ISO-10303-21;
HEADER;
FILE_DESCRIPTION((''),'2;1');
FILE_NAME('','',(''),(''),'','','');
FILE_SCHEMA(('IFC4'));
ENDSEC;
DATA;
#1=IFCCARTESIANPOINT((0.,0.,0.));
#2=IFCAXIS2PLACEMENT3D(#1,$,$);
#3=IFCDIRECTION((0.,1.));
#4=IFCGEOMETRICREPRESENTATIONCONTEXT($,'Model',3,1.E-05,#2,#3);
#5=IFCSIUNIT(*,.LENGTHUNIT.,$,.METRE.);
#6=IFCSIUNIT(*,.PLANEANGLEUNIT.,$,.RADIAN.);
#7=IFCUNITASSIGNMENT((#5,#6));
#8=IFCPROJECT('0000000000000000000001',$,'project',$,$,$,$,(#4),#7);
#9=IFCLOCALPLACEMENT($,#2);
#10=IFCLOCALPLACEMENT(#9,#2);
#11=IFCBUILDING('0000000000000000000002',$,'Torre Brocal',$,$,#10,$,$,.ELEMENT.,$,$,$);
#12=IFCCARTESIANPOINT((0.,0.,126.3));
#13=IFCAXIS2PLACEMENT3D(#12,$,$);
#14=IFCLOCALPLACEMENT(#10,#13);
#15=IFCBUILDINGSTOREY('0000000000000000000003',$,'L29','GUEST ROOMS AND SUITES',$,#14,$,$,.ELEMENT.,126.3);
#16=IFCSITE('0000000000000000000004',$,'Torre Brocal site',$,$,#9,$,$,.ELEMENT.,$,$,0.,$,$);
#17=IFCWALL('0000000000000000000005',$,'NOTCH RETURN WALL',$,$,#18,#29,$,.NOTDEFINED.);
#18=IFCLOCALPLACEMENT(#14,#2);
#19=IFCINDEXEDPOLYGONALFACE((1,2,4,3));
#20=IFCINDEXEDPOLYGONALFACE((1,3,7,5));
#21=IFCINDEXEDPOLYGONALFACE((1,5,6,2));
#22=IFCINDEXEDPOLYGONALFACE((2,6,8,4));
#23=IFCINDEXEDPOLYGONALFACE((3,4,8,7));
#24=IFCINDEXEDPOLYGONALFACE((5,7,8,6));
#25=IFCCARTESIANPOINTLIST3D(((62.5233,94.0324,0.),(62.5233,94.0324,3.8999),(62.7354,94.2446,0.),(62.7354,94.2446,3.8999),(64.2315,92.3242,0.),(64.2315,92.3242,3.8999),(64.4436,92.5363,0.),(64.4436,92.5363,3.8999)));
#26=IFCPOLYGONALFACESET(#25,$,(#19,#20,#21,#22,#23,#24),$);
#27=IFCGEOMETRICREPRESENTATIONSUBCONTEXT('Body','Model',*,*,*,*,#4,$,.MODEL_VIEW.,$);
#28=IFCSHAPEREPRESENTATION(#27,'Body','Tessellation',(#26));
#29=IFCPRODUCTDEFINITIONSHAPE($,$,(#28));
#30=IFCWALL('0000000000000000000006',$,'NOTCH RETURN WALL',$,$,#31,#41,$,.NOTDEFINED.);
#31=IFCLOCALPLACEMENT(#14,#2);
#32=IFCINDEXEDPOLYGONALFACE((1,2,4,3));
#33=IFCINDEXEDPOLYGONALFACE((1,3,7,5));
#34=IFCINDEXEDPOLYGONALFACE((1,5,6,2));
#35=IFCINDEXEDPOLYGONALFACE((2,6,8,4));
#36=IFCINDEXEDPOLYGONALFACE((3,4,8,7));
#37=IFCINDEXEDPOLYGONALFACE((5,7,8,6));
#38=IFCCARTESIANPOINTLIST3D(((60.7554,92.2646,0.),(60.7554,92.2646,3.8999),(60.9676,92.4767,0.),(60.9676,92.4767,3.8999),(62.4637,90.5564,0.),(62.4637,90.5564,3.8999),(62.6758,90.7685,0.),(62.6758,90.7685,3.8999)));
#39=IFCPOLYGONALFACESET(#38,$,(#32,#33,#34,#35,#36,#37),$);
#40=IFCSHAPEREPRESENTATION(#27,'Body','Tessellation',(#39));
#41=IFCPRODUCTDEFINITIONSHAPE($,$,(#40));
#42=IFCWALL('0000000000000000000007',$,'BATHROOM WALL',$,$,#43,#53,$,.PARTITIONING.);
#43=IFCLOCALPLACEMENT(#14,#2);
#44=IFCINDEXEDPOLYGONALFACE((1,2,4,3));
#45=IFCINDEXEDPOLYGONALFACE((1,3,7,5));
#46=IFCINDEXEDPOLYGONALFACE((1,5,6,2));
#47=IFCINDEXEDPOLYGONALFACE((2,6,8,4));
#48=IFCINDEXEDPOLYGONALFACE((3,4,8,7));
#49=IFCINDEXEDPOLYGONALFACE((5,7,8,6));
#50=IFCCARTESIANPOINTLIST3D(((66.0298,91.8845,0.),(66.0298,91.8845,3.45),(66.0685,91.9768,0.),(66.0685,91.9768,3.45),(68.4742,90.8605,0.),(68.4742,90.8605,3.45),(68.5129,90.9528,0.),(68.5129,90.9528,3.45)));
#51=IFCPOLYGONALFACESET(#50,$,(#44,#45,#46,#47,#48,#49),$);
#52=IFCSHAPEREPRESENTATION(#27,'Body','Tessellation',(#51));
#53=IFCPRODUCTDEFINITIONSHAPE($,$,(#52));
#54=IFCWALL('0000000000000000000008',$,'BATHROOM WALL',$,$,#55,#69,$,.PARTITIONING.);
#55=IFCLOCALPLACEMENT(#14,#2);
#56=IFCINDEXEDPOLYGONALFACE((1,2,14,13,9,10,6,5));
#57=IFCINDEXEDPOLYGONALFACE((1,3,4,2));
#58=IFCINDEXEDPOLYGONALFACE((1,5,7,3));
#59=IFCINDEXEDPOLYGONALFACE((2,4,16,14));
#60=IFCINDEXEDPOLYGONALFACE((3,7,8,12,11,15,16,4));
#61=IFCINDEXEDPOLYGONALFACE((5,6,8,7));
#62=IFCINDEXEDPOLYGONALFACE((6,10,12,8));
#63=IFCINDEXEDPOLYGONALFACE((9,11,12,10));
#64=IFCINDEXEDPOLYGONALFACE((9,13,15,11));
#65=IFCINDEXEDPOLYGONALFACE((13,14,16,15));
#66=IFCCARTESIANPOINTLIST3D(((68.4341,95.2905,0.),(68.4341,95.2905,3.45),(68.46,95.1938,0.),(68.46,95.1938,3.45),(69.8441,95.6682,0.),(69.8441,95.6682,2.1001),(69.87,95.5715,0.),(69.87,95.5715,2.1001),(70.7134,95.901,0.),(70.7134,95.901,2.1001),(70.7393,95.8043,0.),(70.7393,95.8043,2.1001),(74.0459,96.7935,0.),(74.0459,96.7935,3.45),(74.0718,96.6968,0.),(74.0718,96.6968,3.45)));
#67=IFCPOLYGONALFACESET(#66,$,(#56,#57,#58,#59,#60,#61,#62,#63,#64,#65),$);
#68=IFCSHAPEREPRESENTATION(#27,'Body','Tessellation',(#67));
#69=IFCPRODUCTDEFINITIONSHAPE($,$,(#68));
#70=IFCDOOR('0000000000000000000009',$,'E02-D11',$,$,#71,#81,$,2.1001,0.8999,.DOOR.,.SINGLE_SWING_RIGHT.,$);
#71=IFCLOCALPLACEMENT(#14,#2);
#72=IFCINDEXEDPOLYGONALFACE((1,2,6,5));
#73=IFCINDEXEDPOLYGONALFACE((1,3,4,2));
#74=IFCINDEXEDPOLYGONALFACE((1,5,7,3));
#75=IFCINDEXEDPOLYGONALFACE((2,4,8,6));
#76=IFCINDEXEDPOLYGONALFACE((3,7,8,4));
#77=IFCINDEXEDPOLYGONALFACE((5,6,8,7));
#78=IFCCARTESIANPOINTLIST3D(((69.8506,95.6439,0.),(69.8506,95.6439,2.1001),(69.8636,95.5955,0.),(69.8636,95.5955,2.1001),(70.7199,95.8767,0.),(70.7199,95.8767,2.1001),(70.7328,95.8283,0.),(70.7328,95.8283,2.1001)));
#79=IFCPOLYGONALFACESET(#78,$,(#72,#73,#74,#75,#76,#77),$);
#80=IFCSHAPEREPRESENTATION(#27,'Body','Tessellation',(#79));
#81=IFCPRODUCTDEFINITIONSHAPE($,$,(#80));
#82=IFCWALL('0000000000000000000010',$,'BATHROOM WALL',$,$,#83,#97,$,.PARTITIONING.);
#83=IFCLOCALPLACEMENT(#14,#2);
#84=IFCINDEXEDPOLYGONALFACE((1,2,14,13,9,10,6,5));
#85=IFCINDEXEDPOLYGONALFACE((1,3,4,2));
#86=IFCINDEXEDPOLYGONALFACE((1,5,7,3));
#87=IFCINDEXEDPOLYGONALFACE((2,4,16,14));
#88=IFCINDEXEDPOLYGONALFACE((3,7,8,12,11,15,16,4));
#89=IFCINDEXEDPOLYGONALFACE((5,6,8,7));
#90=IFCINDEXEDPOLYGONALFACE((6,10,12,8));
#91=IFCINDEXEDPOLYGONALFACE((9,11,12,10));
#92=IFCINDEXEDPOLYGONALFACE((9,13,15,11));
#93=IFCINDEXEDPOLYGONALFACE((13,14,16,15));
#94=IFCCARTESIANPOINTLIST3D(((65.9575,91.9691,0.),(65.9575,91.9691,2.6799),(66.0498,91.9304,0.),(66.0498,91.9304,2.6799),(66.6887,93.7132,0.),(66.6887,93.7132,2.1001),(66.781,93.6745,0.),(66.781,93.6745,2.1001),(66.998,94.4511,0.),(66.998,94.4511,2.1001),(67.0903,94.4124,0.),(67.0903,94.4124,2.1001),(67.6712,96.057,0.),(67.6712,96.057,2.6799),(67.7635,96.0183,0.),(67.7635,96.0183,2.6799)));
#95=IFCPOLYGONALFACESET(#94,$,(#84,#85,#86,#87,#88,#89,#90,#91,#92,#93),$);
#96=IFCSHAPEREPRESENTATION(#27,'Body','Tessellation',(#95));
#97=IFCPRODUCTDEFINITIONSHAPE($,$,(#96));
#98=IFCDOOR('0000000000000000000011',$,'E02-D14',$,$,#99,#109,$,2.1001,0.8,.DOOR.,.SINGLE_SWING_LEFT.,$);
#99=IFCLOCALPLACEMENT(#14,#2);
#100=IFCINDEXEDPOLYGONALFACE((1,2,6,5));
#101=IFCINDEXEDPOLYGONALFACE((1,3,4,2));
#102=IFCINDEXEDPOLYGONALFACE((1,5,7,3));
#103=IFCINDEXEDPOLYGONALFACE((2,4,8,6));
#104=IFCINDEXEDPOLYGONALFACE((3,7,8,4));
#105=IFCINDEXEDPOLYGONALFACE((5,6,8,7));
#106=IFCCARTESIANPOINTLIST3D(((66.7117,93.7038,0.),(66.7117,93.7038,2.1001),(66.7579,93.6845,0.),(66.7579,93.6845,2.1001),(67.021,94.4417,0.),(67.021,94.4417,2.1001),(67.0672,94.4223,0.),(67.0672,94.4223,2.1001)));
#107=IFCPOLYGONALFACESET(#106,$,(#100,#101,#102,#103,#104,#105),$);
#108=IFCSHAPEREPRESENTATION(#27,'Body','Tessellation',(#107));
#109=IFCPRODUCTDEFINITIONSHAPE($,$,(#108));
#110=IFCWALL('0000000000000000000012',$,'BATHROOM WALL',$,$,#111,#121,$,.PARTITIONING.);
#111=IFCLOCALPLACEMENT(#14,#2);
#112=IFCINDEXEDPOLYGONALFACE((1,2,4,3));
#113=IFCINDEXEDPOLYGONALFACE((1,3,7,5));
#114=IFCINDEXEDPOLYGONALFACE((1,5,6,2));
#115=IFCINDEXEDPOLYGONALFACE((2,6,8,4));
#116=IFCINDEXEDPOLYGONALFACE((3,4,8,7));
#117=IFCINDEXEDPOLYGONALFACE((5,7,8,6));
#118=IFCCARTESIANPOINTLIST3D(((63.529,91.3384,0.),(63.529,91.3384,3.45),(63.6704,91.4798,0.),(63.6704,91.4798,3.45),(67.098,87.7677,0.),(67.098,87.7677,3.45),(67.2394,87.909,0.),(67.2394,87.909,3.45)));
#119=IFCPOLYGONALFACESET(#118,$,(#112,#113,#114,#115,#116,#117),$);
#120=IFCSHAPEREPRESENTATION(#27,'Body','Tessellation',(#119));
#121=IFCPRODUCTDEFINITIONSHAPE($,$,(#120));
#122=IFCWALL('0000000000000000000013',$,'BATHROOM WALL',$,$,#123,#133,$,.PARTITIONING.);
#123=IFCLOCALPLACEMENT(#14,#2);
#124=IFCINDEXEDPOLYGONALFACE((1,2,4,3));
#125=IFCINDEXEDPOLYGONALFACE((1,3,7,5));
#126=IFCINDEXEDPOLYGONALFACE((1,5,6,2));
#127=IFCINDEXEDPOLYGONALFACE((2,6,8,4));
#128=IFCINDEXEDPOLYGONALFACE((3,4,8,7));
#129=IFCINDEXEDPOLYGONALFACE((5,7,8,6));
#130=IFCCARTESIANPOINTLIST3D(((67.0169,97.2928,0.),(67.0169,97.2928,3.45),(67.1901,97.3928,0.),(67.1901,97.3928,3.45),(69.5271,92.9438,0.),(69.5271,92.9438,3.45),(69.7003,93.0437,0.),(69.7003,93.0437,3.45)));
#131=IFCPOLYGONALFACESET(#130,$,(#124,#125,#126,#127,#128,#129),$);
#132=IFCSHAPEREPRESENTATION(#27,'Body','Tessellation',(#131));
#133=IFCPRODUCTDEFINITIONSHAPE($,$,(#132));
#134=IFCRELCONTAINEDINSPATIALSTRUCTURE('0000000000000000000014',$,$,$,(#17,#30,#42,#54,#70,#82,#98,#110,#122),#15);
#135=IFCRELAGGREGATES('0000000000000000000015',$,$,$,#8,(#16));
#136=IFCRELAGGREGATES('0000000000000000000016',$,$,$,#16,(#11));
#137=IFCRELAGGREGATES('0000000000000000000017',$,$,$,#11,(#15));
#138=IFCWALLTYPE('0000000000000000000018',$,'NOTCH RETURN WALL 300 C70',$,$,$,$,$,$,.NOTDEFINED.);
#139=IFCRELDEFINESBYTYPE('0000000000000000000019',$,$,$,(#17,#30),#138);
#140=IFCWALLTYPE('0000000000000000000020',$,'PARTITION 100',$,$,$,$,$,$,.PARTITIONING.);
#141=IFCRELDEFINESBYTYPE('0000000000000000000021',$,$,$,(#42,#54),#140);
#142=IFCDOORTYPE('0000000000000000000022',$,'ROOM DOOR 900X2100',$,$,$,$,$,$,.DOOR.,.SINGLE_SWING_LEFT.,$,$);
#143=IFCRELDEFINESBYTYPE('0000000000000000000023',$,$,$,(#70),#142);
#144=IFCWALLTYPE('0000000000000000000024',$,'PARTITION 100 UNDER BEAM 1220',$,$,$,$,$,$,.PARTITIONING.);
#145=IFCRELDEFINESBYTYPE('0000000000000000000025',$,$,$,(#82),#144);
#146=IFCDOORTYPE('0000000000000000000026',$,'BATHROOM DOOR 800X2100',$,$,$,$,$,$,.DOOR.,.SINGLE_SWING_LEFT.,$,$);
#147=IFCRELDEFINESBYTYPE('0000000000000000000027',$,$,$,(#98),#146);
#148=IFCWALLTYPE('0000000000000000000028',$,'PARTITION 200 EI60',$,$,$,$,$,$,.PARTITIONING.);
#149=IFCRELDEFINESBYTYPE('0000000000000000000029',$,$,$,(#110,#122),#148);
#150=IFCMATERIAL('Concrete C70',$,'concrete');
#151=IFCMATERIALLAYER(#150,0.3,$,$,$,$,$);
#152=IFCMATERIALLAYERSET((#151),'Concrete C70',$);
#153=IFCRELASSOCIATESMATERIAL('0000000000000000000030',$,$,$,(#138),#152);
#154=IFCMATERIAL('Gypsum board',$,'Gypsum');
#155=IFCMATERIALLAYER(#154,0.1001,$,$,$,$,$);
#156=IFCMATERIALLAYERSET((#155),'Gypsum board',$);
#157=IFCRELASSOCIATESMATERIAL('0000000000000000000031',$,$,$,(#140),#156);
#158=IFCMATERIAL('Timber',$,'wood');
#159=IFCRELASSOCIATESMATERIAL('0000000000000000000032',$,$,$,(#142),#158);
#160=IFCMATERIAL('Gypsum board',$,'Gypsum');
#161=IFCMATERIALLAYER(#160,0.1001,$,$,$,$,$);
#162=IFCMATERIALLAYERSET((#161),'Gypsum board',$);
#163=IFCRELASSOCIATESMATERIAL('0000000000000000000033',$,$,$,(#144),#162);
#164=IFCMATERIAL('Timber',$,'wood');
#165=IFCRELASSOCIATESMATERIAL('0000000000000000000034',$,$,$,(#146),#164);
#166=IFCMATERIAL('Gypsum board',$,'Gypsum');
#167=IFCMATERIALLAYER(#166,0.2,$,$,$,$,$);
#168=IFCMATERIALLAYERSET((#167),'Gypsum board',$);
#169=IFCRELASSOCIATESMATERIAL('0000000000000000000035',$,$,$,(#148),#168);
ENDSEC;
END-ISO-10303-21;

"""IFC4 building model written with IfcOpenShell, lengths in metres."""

from ifc_helpers import new_model, si_unit, direction, frame, frame_2d, origin, place, context, subcontext, project, spatial, rectangle, extrude, material, layer, layer_set, type_object, element, fill, save


model = new_model("IFC4")

# Units and contexts
model_context = context("Model", 3, precision=1e-05, world=origin(), true_north=direction((0.0, 1.0)))
body_context = subcontext(model_context, "Body", "Model", "MODEL_VIEW")
ifc_project = project(units=[si_unit("LENGTHUNIT", "METRE"), si_unit("PLANEANGLEUNIT", "RADIAN")], contexts=[model_context])

# Site, building, storey
site_placement = place(None, origin())
site = spatial("IfcSite", under=ifc_project, at=site_placement, Name="Torre Brocal site", CompositionType="ELEMENT", RefElevation=0.0)
building_placement = place(site_placement, origin())
building = spatial("IfcBuilding", under=site, at=building_placement, Name="Torre Brocal", CompositionType="ELEMENT")
storey_placement = place(building_placement, frame((0.0, 0.0, 126.3)))
storey = spatial("IfcBuildingStorey", under=building, at=storey_placement, Name="L29", Description="GUEST ROOMS AND SUITES", CompositionType="ELEMENT", Elevation=126.3)

# Walls
ifc_material_1 = material(Name="Concrete C70", Category="concrete")
ifc_layer_1 = layer(ifc_material_1, 0.3)
ifc_layer_set_1 = layer_set([ifc_layer_1], Name="Concrete C70")
wall_type_1 = type_object("IfcWallType", Name="NOTCH RETURN WALL 300 C70", PredefinedType="NOTDEFINED", material=ifc_layer_set_1)
for number, where, z_axis, x_axis, name in (
    (1, (64.3376, 92.4302, 0.0), (0.0, 0.0, 1.0), (-0.707107, 0.707107, 0.0), "NOTCH RETURN WALL"),
    (2, (62.5698, 90.6624, 0.0), (0.0, 0.0, 1.0), (-0.707107, 0.707107, 0.0), "NOTCH RETURN WALL"),
):
    element("IfcWall", number, at=place(storey_placement, frame(where, z_axis=z_axis, x_axis=x_axis)), inside=storey, type_object=wall_type_1, Name=name, PredefinedType="NOTDEFINED", context=body_context, shape_type="SweptSolid", body=[
        extrude(rectangle(XDim=2.4158, YDim=0.3, at=frame_2d((1.208, 0.0))), origin(), (0.0, 0.0, 1.0), 3.8999),
    ])
ifc_material_2 = material(Name="Gypsum board", Category="Gypsum")
ifc_layer_2 = layer(ifc_material_2, 0.1001)
ifc_layer_set_2 = layer_set([ifc_layer_2], Name="Gypsum board")
wall_type_2 = type_object("IfcWallType", Name="PARTITION 100", PredefinedType="PARTITIONING", material=ifc_layer_set_2)
wall_1_placement = place(storey_placement, frame((66.0491, 91.9307, 0.0), z_axis=(0.0, 0.0, 1.0), x_axis=(0.922345, -0.386368, 0.0)))
element("IfcWall", 3, at=wall_1_placement, inside=storey, type_object=wall_type_2, Name="BATHROOM WALL", PredefinedType="PARTITIONING", context=body_context, shape_type="SweptSolid", body=[
    extrude(rectangle(XDim=2.6501, YDim=0.1001, at=frame_2d((1.3252, 0.0))), origin(), (0.0, 0.0, 1.0), 3.45),
])

# Walls, openings, doors
wall_2_placement = place(storey_placement, frame((68.447, 95.2422, 0.0), z_axis=(0.0, 0.0, 1.0), x_axis=(0.965958, 0.258698, 0.0)))
wall_2 = element("IfcWall", 4, at=wall_2_placement, inside=storey, type_object=wall_type_2, Name="BATHROOM WALL", PredefinedType="PARTITIONING", context=body_context, shape_type="SweptSolid", body=[
    extrude(rectangle(XDim=5.8096, YDim=0.1001, at=frame_2d((2.9048, 0.0))), origin(), (0.0, 0.0, 1.0), 3.45),
])
opening_1_placement = place(wall_2_placement, frame((1.4597, 0.0, 0.0)))
opening_1 = element("IfcOpeningElement", 5, at=opening_1_placement, cuts=wall_2, PredefinedType="OPENING", context=body_context, shape_type="SweptSolid", body=[
    extrude(rectangle(XDim=0.8999, YDim=2.1001, at=frame_2d((0.45, 1.05))), frame((0.0, 0.0601, 0.0), z_axis=(0.0, -1.0, 0.0), x_axis=(1.0, 0.0, 0.0)), (0.0, 0.0, 1.0), 0.1201),
])
ifc_material_3 = material(Name="Timber", Category="wood")
door_type_1 = type_object("IfcDoorType", Name="ROOM DOOR 900X2100", OperationType="SINGLE_SWING_LEFT", PredefinedType="DOOR", material=ifc_material_3)
door_1_placement = place(opening_1_placement, origin())
door_1 = element("IfcDoor", 6, at=door_1_placement, inside=storey, type_object=door_type_1, Name="E02-D11", OperationType="SINGLE_SWING_RIGHT", OverallHeight=2.1001, OverallWidth=0.8999, PredefinedType="DOOR", context=body_context, shape_type="SweptSolid", body=[
    extrude(rectangle(XDim=0.8999, YDim=2.1001, at=frame_2d((0.45, 1.05))), frame((0.0, 0.0249, 0.0), z_axis=(0.0, -1.0, 0.0), x_axis=(1.0, 0.0, 0.0)), (0.0, 0.0, 1.0), 0.05),
])
fill(opening_1, door_1)
ifc_material_4 = material(Name="Gypsum board", Category="Gypsum")
ifc_layer_3 = layer(ifc_material_4, 0.1001)
ifc_layer_set_3 = layer_set([ifc_layer_3], Name="Gypsum board")
wall_type_3 = type_object("IfcWallType", Name="PARTITION 100 UNDER BEAM 1220", PredefinedType="PARTITIONING", material=ifc_layer_set_3)
wall_3_placement = place(storey_placement, frame((66.0037, 91.9497, 0.0), z_axis=(0.0, 0.0, 1.0), x_axis=(0.386601, 0.922247, 0.0)))
wall_3 = element("IfcWall", 7, at=wall_3_placement, inside=storey, type_object=wall_type_3, Name="BATHROOM WALL", PredefinedType="PARTITIONING", context=body_context, shape_type="SweptSolid", body=[
    extrude(rectangle(XDim=4.4326, YDim=0.1001, at=frame_2d((2.2163, 0.0))), origin(), (0.0, 0.0, 1.0), 2.6799),
])
opening_2_placement = place(wall_3_placement, frame((1.8914, 0.0, 0.0)))
opening_2 = element("IfcOpeningElement", 8, at=opening_2_placement, cuts=wall_3, PredefinedType="OPENING", context=body_context, shape_type="SweptSolid", body=[
    extrude(rectangle(XDim=0.8, YDim=2.1001, at=frame_2d((0.3999, 1.05))), frame((0.0, 0.0601, 0.0), z_axis=(0.0, -1.0, 0.0), x_axis=(1.0, 0.0, 0.0)), (0.0, 0.0, 1.0), 0.1201),
])
ifc_material_5 = material(Name="Timber", Category="wood")
door_type_2 = type_object("IfcDoorType", Name="BATHROOM DOOR 800X2100", OperationType="SINGLE_SWING_LEFT", PredefinedType="DOOR", material=ifc_material_5)
door_2_placement = place(opening_2_placement, frame((0.8, 0.0, 0.0), z_axis=(0.0, 0.0, 1.0), x_axis=(-1.0, 0.0, 0.0)))
door_2 = element("IfcDoor", 9, at=door_2_placement, inside=storey, type_object=door_type_2, Name="E02-D14", OperationType="SINGLE_SWING_LEFT", OverallHeight=2.1001, OverallWidth=0.8, PredefinedType="DOOR", context=body_context, shape_type="SweptSolid", body=[
    extrude(rectangle(XDim=0.8, YDim=2.1001, at=frame_2d((0.3999, 1.05))), frame((0.0, 0.0249, 0.0), z_axis=(0.0, -1.0, 0.0), x_axis=(1.0, 0.0, 0.0)), (0.0, 0.0, 1.0), 0.05),
])
fill(opening_2, door_2)

# Walls
ifc_material_6 = material(Name="Gypsum board", Category="Gypsum")
ifc_layer_4 = layer(ifc_material_6, 0.2)
ifc_layer_set_4 = layer_set([ifc_layer_4], Name="Gypsum board")
wall_type_4 = type_object("IfcWallType", Name="PARTITION 200 EI60", PredefinedType="PARTITIONING", material=ifc_layer_set_4)
wall_4_placement = place(storey_placement, frame((63.5996, 91.4092, 0.0), z_axis=(0.0, 0.0, 1.0), x_axis=(0.706938, -0.707276, 0.0)))
element("IfcWall", 10, at=wall_4_placement, inside=storey, type_object=wall_type_4, Name="BATHROOM WALL", PredefinedType="PARTITIONING", context=body_context, shape_type="SweptSolid", body=[
    extrude(rectangle(XDim=5.0486, YDim=0.2, at=frame_2d((2.5244, 0.0))), origin(), (0.0, 0.0, 1.0), 3.45),
])
wall_5_placement = place(storey_placement, frame((67.1035, 97.3428, 0.0), z_axis=(0.0, 0.0, 1.0), x_axis=(0.499894, -0.866087, 0.0)))
element("IfcWall", 11, at=wall_5_placement, inside=storey, type_object=wall_type_4, Name="BATHROOM WALL", PredefinedType="PARTITIONING", context=body_context, shape_type="SweptSolid", body=[
    extrude(rectangle(XDim=5.0215, YDim=0.2, at=frame_2d((2.5107, 0.0))), origin(), (0.0, 0.0, 1.0), 3.45),
])

save(model, "model.ifc")
